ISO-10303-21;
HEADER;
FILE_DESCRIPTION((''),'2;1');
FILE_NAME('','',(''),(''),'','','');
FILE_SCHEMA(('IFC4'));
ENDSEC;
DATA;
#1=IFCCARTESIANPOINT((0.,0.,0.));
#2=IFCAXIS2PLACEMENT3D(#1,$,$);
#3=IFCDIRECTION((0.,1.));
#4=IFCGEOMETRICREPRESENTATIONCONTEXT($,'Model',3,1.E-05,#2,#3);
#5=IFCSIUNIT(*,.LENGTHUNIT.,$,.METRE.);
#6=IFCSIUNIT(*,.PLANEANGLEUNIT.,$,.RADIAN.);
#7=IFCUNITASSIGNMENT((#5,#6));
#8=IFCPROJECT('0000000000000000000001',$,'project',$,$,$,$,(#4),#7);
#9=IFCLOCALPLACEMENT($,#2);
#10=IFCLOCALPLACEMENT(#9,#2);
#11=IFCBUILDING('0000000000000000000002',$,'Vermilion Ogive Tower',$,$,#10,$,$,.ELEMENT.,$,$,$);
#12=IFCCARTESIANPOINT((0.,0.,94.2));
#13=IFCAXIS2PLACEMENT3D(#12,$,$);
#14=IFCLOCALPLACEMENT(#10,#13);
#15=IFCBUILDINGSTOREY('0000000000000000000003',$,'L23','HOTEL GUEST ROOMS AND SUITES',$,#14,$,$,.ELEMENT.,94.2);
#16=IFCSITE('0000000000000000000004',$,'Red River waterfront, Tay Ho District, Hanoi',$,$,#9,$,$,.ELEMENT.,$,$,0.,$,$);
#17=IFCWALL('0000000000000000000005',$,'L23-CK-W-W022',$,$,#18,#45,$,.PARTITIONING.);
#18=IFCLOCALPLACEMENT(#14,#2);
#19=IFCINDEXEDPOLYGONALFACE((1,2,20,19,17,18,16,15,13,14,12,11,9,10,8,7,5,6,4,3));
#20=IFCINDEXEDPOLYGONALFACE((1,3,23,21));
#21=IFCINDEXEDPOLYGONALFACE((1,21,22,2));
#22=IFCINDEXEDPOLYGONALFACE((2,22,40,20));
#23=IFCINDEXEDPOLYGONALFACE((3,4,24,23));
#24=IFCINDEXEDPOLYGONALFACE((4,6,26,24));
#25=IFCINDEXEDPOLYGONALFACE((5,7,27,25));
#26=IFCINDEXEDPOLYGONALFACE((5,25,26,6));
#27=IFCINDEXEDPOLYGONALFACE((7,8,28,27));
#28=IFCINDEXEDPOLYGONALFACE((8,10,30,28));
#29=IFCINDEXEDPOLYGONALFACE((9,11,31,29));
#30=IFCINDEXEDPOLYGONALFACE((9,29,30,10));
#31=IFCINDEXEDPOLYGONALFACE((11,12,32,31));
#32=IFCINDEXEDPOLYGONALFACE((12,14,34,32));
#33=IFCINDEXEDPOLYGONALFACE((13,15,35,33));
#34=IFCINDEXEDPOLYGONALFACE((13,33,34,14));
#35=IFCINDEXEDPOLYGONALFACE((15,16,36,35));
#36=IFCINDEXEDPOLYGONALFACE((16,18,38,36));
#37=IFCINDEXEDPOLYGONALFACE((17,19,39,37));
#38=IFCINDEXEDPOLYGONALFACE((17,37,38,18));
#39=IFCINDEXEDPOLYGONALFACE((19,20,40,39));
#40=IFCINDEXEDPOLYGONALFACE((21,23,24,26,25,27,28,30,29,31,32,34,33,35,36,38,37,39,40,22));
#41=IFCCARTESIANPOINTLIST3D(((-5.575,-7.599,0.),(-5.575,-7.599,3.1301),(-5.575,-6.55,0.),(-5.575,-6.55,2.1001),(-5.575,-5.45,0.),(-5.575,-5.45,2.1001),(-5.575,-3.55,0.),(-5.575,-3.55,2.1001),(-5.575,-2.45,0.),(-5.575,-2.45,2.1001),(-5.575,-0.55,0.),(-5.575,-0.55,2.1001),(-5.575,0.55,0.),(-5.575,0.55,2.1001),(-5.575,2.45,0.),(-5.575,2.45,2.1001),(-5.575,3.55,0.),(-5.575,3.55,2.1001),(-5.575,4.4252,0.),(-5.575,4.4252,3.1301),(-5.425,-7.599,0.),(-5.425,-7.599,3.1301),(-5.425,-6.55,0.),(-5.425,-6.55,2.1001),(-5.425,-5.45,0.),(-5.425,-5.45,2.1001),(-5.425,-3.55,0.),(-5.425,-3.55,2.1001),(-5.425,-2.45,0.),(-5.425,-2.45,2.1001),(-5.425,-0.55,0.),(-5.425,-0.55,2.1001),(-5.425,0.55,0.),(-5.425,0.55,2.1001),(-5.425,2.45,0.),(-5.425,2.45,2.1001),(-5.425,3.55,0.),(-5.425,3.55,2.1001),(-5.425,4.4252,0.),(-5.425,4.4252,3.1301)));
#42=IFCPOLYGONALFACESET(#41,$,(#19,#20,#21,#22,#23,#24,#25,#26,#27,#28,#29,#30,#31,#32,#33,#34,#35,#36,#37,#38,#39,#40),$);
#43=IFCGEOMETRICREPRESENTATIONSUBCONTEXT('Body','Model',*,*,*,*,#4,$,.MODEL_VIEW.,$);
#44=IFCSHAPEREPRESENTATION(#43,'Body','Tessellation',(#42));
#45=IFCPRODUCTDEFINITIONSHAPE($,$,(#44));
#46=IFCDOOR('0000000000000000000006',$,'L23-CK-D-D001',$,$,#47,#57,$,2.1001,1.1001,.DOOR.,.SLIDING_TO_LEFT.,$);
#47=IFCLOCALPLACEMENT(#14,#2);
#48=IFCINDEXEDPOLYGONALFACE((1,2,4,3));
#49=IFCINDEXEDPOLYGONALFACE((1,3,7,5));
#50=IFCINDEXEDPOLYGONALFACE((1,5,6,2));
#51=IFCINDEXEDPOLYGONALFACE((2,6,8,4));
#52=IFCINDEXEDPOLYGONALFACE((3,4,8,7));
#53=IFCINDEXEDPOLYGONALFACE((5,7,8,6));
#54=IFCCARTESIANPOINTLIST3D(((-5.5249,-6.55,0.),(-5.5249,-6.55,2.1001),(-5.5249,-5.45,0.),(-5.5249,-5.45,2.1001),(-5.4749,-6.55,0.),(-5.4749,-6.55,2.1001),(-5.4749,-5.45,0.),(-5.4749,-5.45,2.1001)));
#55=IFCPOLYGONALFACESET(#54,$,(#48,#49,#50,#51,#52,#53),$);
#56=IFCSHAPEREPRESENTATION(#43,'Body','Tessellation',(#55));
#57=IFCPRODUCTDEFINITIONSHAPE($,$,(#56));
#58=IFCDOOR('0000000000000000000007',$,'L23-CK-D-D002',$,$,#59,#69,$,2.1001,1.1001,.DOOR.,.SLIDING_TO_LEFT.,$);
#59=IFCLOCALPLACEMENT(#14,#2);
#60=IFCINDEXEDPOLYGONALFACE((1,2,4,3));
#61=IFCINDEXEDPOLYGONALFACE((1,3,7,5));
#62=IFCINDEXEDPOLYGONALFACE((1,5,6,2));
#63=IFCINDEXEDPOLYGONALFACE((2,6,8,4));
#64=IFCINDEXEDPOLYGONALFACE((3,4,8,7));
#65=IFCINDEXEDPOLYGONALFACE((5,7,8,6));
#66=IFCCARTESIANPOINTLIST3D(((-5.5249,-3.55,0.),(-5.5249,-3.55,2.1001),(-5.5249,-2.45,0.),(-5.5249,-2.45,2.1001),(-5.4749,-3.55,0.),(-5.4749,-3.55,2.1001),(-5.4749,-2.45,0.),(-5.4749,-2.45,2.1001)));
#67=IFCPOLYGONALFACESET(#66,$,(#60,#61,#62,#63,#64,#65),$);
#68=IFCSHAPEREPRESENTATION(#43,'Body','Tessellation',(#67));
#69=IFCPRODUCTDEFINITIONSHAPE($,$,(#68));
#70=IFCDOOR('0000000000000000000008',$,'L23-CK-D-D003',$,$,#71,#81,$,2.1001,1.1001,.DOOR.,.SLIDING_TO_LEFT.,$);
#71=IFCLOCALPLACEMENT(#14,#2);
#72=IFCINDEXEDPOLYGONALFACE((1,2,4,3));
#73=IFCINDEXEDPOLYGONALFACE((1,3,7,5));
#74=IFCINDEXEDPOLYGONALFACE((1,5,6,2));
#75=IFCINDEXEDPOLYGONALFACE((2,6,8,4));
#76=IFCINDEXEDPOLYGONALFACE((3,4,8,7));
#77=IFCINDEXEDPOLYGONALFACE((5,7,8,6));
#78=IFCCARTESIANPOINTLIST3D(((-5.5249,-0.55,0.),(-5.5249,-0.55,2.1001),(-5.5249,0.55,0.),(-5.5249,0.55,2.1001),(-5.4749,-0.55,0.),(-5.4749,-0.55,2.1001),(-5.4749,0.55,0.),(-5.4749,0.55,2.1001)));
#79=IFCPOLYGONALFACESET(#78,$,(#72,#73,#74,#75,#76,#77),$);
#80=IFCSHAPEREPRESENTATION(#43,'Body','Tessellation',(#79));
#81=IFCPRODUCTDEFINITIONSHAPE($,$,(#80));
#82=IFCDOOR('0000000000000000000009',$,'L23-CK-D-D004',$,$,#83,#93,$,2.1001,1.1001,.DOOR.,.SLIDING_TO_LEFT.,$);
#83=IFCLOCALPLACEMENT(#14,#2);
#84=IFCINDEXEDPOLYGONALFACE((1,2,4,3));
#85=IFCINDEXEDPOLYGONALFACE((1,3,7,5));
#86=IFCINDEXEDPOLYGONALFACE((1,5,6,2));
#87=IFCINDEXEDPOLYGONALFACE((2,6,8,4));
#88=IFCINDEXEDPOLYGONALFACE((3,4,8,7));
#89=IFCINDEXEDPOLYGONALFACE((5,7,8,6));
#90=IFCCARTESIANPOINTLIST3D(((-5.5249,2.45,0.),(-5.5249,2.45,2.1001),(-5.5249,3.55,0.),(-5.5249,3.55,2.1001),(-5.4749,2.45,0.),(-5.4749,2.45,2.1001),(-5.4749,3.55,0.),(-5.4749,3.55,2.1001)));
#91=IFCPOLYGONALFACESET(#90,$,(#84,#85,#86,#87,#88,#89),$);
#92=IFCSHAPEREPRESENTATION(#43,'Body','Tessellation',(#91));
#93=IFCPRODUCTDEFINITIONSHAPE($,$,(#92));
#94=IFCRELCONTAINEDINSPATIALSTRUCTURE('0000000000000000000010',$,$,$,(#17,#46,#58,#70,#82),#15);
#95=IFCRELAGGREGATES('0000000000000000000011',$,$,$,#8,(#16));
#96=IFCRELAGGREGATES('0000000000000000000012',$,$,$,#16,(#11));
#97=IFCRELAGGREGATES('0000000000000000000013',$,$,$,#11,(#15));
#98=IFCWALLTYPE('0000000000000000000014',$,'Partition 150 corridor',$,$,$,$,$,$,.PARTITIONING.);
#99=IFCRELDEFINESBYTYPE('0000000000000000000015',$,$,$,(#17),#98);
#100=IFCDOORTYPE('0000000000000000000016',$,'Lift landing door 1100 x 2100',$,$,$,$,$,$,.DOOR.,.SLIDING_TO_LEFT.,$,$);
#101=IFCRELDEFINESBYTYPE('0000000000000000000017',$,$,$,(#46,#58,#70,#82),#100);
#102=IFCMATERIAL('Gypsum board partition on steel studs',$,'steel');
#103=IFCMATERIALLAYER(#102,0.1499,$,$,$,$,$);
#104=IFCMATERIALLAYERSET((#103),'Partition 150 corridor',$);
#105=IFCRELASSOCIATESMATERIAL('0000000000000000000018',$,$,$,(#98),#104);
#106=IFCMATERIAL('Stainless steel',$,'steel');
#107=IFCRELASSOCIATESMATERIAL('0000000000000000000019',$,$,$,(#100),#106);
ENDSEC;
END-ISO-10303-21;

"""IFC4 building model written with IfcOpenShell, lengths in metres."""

from ifc_helpers import new_model, si_unit, direction, frame, frame_2d, origin, place, context, subcontext, project, spatial, rectangle, extrude, material, layer, layer_set, type_object, element, fill, save


model = new_model("IFC4")

# Units and contexts
model_context = context("Model", 3, precision=1e-05, world=origin(), true_north=direction((0.0, 1.0)))
body_context = subcontext(model_context, "Body", "Model", "MODEL_VIEW")
ifc_project = project(units=[si_unit("LENGTHUNIT", "METRE"), si_unit("PLANEANGLEUNIT", "RADIAN")], contexts=[model_context])

# Site, building, storey
site_placement = place(None, origin())
site = spatial("IfcSite", under=ifc_project, at=site_placement, Name="Red River waterfront, Tay Ho District, Hanoi", CompositionType="ELEMENT", RefElevation=0.0)
building_placement = place(site_placement, origin())
building = spatial("IfcBuilding", under=site, at=building_placement, Name="Vermilion Ogive Tower", CompositionType="ELEMENT")
storey_placement = place(building_placement, frame((0.0, 0.0, 94.2)))
storey = spatial("IfcBuildingStorey", under=building, at=storey_placement, Name="L23", Description="HOTEL GUEST ROOMS AND SUITES", CompositionType="ELEMENT", Elevation=94.2)

# Wall, openings, doors
ifc_material_1 = material(Name="Gypsum board partition on steel studs", Category="steel")
ifc_layer_1 = layer(ifc_material_1, 0.1499)
ifc_layer_set_1 = layer_set([ifc_layer_1], Name="Partition 150 corridor")
wall_type_1 = type_object("IfcWallType", Name="Partition 150 corridor", PredefinedType="PARTITIONING", material=ifc_layer_set_1)
wall_1_placement = place(storey_placement, frame((-5.5, -7.5991, 0.0), z_axis=(0.0, 0.0, 1.0), x_axis=(0.0, 1.0, 0.0)))
wall_1 = element("IfcWall", 1, at=wall_1_placement, inside=storey, type_object=wall_type_1, Name="L23-CK-W-W022", PredefinedType="PARTITIONING", context=body_context, shape_type="SweptSolid", body=[
    extrude(rectangle(XDim=12.0242, YDim=0.1499, at=frame_2d((6.0122, 0.0))), origin(), (0.0, 0.0, 1.0), 3.1301),
])
opening_1_placement = place(wall_1_placement, frame((1.0491, 0.0, 0.0)))
opening_1 = element("IfcOpeningElement", 2, at=opening_1_placement, cuts=wall_1, PredefinedType="OPENING", context=body_context, shape_type="SweptSolid", body=[
    extrude(rectangle(XDim=1.1001, YDim=2.1001, at=frame_2d((0.55, 1.05))), frame((0.0, 0.085, 0.0), z_axis=(0.0, -1.0, 0.0), x_axis=(1.0, 0.0, 0.0)), (0.0, 0.0, 1.0), 0.1699),
])
opening_2_placement = place(wall_1_placement, frame((4.0491, 0.0, 0.0)))
opening_2 = element("IfcOpeningElement", 3, at=opening_2_placement, cuts=wall_1, PredefinedType="OPENING", context=body_context, shape_type="SweptSolid", body=[
    extrude(rectangle(XDim=1.1001, YDim=2.1001, at=frame_2d((0.55, 1.05))), frame((0.0, 0.085, 0.0), z_axis=(0.0, -1.0, 0.0), x_axis=(1.0, 0.0, 0.0)), (0.0, 0.0, 1.0), 0.1699),
])
opening_3_placement = place(wall_1_placement, frame((7.0491, 0.0, 0.0)))
opening_3 = element("IfcOpeningElement", 4, at=opening_3_placement, cuts=wall_1, PredefinedType="OPENING", context=body_context, shape_type="SweptSolid", body=[
    extrude(rectangle(XDim=1.1001, YDim=2.1001, at=frame_2d((0.55, 1.05))), frame((0.0, 0.085, 0.0), z_axis=(0.0, -1.0, 0.0), x_axis=(1.0, 0.0, 0.0)), (0.0, 0.0, 1.0), 0.1699),
])
opening_4_placement = place(wall_1_placement, frame((10.0491, 0.0, 0.0)))
opening_4 = element("IfcOpeningElement", 5, at=opening_4_placement, cuts=wall_1, PredefinedType="OPENING", context=body_context, shape_type="SweptSolid", body=[
    extrude(rectangle(XDim=1.1001, YDim=2.1001, at=frame_2d((0.55, 1.05))), frame((0.0, 0.085, 0.0), z_axis=(0.0, -1.0, 0.0), x_axis=(1.0, 0.0, 0.0)), (0.0, 0.0, 1.0), 0.1699),
])
ifc_material_2 = material(Name="Stainless steel", Category="steel")
door_type_1 = type_object("IfcDoorType", Name="Lift landing door 1100 x 2100", OperationType="SLIDING_TO_LEFT", PredefinedType="DOOR", material=ifc_material_2)
door_1_placement = place(opening_1_placement, origin())
door_1 = element("IfcDoor", 6, at=door_1_placement, inside=storey, type_object=door_type_1, Name="L23-CK-D-D001", OperationType="SLIDING_TO_LEFT", OverallHeight=2.1001, OverallWidth=1.1001, PredefinedType="DOOR", context=body_context, shape_type="SweptSolid", body=[
    extrude(rectangle(XDim=1.1001, YDim=2.1001, at=frame_2d((0.55, 1.05))), frame((0.0, 0.0249, 0.0), z_axis=(0.0, -1.0, 0.0), x_axis=(1.0, 0.0, 0.0)), (0.0, 0.0, 1.0), 0.05),
])
fill(opening_1, door_1)
door_2_placement = place(opening_2_placement, origin())
door_2 = element("IfcDoor", 7, at=door_2_placement, inside=storey, type_object=door_type_1, Name="L23-CK-D-D002", OperationType="SLIDING_TO_LEFT", OverallHeight=2.1001, OverallWidth=1.1001, PredefinedType="DOOR", context=body_context, shape_type="SweptSolid", body=[
    extrude(rectangle(XDim=1.1001, YDim=2.1001, at=frame_2d((0.55, 1.05))), frame((0.0, 0.0249, 0.0), z_axis=(0.0, -1.0, 0.0), x_axis=(1.0, 0.0, 0.0)), (0.0, 0.0, 1.0), 0.05),
])
fill(opening_2, door_2)
door_3_placement = place(opening_3_placement, origin())
door_3 = element("IfcDoor", 8, at=door_3_placement, inside=storey, type_object=door_type_1, Name="L23-CK-D-D003", OperationType="SLIDING_TO_LEFT", OverallHeight=2.1001, OverallWidth=1.1001, PredefinedType="DOOR", context=body_context, shape_type="SweptSolid", body=[
    extrude(rectangle(XDim=1.1001, YDim=2.1001, at=frame_2d((0.55, 1.05))), frame((0.0, 0.0249, 0.0), z_axis=(0.0, -1.0, 0.0), x_axis=(1.0, 0.0, 0.0)), (0.0, 0.0, 1.0), 0.05),
])
fill(opening_3, door_3)
door_4_placement = place(opening_4_placement, origin())
door_4 = element("IfcDoor", 9, at=door_4_placement, inside=storey, type_object=door_type_1, Name="L23-CK-D-D004", OperationType="SLIDING_TO_LEFT", OverallHeight=2.1001, OverallWidth=1.1001, PredefinedType="DOOR", context=body_context, shape_type="SweptSolid", body=[
    extrude(rectangle(XDim=1.1001, YDim=2.1001, at=frame_2d((0.55, 1.05))), frame((0.0, 0.0249, 0.0), z_axis=(0.0, -1.0, 0.0), x_axis=(1.0, 0.0, 0.0)), (0.0, 0.0, 1.0), 0.05),
])
fill(opening_4, door_4)

save(model, "model.ifc")
